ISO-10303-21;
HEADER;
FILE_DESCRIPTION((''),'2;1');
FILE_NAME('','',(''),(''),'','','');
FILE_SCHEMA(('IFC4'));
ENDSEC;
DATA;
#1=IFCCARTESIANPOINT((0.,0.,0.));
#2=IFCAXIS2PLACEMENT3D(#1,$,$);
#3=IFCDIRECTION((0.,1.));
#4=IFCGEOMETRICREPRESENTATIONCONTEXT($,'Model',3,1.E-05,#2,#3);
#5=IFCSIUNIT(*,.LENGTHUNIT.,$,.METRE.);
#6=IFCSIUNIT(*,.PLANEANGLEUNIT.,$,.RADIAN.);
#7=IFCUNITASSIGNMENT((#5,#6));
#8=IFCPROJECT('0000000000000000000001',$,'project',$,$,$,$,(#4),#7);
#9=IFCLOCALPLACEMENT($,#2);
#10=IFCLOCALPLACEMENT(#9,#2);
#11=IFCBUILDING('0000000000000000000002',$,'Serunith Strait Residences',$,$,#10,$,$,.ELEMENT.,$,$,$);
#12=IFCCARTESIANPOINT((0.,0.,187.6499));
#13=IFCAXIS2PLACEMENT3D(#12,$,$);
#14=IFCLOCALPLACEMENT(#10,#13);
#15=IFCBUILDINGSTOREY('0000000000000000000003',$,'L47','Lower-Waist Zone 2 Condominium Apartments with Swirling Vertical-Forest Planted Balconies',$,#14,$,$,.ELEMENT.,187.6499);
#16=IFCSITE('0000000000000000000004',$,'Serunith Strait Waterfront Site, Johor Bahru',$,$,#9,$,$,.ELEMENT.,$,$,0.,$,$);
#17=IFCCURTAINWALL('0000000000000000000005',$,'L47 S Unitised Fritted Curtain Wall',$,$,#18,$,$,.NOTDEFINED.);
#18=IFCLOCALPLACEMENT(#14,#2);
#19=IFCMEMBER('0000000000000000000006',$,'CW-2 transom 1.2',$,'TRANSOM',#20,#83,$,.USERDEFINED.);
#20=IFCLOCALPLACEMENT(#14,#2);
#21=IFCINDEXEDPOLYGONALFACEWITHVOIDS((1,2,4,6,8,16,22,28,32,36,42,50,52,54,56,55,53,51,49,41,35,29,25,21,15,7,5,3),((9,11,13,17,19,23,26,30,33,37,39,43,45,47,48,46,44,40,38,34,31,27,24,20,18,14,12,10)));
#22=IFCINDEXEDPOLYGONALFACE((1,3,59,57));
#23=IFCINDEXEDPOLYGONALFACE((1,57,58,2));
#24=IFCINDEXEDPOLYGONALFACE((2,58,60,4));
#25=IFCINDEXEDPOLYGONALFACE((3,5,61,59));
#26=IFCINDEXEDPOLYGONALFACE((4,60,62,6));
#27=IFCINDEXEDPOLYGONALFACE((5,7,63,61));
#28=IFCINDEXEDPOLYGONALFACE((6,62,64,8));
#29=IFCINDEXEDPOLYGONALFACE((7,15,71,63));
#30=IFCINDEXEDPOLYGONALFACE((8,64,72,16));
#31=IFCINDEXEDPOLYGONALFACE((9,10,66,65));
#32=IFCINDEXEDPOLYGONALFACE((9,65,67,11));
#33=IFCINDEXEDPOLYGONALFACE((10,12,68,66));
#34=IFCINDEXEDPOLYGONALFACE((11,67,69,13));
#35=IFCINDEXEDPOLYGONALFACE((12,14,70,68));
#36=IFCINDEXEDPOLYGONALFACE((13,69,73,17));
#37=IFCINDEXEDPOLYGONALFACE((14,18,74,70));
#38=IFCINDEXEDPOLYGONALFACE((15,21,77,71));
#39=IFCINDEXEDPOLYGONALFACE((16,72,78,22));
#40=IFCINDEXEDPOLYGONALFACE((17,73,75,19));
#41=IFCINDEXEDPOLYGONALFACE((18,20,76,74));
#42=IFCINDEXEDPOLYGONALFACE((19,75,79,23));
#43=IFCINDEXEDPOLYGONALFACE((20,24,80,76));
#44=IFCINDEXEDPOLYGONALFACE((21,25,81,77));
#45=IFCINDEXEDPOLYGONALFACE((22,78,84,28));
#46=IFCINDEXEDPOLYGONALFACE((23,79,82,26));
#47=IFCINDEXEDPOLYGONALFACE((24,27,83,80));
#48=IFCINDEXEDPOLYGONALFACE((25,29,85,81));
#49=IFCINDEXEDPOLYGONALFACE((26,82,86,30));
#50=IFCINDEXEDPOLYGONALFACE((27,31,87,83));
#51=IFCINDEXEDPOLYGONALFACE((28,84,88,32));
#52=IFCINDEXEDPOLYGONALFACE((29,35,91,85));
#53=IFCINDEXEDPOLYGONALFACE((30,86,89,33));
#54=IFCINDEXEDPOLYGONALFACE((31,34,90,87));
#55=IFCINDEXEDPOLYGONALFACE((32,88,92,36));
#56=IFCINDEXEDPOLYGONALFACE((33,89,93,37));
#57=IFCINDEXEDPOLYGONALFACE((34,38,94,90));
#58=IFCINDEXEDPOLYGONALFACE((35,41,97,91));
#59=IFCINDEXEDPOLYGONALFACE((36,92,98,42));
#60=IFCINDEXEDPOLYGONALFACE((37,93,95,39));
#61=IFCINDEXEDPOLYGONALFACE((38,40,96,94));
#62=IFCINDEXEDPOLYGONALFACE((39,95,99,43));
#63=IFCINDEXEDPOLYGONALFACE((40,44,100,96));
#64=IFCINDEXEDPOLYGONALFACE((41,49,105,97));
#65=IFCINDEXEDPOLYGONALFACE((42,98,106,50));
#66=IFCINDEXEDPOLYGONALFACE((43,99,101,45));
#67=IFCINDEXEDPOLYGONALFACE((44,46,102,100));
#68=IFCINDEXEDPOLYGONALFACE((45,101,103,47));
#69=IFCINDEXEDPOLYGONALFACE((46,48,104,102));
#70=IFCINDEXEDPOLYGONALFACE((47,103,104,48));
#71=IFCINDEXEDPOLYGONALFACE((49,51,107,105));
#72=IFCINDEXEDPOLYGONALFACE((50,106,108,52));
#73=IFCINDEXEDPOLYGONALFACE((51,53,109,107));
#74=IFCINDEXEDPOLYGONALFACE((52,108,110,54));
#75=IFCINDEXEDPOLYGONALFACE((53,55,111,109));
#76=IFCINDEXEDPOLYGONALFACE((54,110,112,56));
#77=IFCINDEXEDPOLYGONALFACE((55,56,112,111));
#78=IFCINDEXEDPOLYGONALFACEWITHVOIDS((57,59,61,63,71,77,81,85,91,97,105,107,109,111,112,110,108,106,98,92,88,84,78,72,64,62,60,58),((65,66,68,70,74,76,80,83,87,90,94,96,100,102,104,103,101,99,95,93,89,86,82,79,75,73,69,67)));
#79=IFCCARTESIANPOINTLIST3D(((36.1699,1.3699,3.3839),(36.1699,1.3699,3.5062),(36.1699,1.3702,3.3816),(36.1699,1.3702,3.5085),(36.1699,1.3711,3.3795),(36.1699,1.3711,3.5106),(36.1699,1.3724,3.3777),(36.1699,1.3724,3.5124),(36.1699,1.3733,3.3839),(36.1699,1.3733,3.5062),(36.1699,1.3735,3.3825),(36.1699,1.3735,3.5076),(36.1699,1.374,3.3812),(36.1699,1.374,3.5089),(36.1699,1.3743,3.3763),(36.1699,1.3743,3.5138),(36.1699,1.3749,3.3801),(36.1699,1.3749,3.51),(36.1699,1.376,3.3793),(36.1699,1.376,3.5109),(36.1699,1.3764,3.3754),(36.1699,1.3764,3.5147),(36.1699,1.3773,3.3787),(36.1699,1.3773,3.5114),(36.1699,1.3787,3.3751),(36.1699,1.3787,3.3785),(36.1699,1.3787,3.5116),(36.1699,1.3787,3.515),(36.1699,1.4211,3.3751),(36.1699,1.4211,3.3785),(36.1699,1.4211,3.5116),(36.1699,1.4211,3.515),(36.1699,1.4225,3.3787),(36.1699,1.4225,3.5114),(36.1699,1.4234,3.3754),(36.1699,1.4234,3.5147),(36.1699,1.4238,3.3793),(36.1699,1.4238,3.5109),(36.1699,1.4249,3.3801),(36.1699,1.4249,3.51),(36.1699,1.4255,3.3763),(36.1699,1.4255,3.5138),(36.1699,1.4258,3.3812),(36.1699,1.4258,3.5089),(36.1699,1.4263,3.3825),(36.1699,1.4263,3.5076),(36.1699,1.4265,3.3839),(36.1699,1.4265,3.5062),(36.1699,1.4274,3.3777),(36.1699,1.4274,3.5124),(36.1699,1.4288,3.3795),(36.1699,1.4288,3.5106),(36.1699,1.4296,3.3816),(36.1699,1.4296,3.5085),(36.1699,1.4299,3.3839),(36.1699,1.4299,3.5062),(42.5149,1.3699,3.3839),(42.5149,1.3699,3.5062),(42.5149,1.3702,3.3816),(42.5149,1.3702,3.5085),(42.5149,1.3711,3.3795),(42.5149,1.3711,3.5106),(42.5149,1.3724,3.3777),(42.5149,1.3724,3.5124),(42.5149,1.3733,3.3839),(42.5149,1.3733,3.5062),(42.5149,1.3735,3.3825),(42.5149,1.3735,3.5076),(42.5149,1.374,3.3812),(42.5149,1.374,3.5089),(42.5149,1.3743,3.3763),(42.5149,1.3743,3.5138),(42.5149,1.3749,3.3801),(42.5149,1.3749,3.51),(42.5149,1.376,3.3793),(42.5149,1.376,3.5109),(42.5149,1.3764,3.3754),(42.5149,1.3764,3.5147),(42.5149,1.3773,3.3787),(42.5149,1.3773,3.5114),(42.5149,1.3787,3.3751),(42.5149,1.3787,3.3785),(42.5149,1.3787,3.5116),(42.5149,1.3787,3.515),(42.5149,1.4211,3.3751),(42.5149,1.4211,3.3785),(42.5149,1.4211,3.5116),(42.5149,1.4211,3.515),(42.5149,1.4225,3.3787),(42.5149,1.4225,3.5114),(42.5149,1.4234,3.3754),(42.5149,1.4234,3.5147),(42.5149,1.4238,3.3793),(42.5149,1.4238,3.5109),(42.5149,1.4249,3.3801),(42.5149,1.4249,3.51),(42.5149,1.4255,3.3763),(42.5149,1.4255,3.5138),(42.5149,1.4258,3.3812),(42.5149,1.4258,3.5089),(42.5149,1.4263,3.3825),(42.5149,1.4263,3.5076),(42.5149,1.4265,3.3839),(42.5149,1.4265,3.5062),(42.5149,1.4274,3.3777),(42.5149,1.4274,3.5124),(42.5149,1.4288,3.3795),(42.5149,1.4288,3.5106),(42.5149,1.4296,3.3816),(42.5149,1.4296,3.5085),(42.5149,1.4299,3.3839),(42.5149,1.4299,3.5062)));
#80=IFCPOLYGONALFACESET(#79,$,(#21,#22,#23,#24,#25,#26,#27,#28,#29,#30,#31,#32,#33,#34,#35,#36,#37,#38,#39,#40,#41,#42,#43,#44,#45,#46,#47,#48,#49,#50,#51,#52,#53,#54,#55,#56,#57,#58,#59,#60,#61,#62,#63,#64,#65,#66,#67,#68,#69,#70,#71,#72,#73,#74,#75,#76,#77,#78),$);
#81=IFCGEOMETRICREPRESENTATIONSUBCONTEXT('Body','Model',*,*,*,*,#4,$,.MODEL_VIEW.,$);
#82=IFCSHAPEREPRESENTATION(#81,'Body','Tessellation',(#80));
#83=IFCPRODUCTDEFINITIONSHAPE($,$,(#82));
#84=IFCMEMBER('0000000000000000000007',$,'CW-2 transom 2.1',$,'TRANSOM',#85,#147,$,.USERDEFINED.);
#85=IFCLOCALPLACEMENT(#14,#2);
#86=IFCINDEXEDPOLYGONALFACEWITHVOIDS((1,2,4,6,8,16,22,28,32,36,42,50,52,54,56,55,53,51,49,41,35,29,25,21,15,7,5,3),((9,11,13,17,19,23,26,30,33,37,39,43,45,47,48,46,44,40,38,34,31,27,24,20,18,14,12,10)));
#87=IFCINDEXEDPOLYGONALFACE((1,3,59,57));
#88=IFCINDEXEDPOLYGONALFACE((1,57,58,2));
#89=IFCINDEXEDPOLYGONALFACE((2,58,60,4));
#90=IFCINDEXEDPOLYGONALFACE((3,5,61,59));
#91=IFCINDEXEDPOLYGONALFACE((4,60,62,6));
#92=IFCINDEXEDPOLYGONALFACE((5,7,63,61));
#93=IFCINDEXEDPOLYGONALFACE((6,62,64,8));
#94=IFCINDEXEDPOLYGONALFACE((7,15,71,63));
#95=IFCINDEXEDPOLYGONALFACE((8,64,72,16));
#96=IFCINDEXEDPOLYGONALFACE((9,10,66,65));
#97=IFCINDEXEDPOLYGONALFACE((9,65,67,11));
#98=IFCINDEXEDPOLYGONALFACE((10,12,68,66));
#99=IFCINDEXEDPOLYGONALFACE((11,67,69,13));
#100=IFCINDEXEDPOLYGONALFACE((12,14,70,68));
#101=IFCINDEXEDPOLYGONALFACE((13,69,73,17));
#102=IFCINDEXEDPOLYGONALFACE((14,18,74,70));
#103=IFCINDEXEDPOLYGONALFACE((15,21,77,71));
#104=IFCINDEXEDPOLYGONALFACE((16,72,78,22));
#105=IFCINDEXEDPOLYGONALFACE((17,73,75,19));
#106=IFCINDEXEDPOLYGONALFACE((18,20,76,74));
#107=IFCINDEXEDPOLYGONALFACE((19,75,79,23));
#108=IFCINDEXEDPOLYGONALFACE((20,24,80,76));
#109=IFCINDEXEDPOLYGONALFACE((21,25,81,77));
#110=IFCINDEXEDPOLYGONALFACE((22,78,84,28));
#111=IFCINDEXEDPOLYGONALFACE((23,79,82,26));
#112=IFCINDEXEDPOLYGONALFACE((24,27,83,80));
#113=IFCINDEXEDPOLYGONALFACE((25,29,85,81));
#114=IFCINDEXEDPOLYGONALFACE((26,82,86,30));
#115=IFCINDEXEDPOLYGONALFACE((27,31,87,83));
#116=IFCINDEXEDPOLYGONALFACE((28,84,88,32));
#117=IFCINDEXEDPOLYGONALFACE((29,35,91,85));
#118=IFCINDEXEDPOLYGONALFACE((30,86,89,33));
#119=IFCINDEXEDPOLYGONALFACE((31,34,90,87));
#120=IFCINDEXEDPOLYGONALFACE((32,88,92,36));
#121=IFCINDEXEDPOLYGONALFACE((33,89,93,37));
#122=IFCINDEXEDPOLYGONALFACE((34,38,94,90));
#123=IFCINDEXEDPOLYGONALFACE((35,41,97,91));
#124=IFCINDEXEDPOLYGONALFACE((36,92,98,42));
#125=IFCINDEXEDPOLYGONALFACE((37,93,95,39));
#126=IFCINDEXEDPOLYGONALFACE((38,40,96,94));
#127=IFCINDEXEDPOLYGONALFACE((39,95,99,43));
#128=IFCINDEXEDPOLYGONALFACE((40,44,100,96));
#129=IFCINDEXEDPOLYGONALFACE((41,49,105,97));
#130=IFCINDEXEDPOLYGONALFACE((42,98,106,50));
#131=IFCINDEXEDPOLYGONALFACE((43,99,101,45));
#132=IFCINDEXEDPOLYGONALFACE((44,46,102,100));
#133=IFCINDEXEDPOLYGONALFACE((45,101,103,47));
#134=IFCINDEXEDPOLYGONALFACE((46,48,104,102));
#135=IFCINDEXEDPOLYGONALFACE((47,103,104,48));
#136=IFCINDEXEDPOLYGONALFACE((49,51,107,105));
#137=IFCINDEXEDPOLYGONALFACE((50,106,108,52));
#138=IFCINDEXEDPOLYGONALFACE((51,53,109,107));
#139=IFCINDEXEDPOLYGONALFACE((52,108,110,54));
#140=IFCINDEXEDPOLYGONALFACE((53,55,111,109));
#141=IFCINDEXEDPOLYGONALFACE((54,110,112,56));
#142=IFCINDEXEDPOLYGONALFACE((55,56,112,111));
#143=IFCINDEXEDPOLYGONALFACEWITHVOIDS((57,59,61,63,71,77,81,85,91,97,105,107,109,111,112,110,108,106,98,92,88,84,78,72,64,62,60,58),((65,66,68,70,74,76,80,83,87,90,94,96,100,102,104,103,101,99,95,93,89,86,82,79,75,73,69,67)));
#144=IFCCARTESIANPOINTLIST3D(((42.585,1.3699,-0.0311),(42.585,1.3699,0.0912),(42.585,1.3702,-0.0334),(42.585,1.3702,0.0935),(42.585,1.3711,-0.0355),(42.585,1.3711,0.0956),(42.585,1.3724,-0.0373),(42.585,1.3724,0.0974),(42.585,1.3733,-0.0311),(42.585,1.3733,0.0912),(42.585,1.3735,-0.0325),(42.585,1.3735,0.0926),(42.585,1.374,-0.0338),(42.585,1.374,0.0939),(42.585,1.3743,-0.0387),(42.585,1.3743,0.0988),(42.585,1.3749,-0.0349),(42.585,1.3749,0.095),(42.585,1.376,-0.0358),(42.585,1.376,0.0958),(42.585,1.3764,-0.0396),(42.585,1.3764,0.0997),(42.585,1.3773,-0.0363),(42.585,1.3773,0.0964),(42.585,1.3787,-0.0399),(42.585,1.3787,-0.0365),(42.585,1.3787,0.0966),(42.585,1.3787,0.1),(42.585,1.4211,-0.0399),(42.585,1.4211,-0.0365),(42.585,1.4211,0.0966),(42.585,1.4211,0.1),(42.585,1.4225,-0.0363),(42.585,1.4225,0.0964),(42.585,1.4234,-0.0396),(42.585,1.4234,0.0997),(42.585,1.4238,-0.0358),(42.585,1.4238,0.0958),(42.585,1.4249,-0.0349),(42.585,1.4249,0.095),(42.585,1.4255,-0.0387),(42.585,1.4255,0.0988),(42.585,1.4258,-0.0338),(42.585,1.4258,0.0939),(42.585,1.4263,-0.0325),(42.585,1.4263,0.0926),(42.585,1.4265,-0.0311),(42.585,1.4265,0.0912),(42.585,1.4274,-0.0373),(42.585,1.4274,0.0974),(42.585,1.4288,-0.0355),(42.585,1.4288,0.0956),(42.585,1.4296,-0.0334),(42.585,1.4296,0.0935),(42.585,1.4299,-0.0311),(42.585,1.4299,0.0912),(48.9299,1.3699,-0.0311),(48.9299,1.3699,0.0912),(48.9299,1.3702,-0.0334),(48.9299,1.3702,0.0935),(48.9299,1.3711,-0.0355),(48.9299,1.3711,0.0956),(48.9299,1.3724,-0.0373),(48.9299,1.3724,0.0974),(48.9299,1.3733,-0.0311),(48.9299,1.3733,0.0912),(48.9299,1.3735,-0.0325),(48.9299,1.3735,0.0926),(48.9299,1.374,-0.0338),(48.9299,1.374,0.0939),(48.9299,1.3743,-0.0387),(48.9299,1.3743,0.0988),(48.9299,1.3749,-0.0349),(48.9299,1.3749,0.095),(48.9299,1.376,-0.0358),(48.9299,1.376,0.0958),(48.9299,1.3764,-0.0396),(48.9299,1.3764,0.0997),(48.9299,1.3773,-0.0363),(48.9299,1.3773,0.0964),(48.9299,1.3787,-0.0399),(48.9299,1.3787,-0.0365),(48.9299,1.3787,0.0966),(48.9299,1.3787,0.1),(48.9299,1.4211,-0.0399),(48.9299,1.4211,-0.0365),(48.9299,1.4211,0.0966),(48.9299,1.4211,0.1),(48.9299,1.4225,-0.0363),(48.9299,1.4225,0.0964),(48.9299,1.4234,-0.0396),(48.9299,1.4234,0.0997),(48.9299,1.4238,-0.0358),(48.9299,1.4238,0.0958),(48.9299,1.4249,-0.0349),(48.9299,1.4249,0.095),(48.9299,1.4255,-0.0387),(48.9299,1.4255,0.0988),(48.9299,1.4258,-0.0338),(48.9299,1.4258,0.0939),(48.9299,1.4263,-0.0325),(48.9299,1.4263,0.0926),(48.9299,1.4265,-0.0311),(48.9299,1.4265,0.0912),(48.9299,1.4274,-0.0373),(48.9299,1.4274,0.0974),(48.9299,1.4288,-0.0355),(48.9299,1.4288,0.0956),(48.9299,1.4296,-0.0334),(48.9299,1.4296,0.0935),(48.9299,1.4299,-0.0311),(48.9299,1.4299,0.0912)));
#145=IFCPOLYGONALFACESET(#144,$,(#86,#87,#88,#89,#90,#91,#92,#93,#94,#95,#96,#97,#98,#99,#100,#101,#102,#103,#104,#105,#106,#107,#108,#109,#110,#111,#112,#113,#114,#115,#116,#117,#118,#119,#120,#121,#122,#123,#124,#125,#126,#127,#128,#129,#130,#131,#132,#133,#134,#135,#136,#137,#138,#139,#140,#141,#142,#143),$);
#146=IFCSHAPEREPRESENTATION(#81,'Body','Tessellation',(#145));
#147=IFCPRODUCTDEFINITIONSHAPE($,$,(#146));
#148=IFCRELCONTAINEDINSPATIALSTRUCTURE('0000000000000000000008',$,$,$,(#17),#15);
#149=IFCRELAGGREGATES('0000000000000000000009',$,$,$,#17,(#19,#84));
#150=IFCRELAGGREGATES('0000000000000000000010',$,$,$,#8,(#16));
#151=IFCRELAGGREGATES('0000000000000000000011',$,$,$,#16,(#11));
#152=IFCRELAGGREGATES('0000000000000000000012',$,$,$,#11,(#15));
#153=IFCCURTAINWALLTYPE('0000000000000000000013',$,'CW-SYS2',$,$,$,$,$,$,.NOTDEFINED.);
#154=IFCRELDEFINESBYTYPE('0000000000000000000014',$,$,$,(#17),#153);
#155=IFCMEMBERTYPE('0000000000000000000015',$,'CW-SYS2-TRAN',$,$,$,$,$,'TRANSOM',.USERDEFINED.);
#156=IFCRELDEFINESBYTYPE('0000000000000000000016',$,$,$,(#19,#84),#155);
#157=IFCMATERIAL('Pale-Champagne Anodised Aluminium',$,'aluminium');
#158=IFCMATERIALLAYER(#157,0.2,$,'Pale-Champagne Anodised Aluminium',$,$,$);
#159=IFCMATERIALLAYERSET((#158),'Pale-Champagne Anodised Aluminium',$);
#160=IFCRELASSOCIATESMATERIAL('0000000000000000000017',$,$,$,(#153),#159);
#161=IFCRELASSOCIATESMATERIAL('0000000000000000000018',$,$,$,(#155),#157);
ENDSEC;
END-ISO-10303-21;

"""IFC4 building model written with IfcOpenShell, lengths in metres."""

from ifc_helpers import new_model, si_unit, direction, frame, origin, origin_2d, place, context, subcontext, project, spatial, hollow_rectangle, extrude, source, transform, mapped, material, layer, layer_set, material_profile, profile_set, type_object, element, aggregate, save


model = new_model("IFC4")

# Units and contexts
model_context = context("Model", 3, precision=1e-05, world=origin(), true_north=direction((0.0, 1.0)))
body_context = subcontext(model_context, "Body", "Model", "MODEL_VIEW")
ifc_project = project(units=[si_unit("LENGTHUNIT", "METRE"), si_unit("PLANEANGLEUNIT", "RADIAN")], contexts=[model_context])

# Site, building, storey
site_placement = place(None, origin())
site = spatial("IfcSite", under=ifc_project, at=site_placement, Name="Serunith Strait Waterfront Site, Johor Bahru", CompositionType="ELEMENT", RefElevation=0.0)
building_placement = place(site_placement, origin())
building = spatial("IfcBuilding", under=site, at=building_placement, Name="Serunith Strait Residences", CompositionType="ELEMENT")
storey_placement = place(building_placement, frame((0.0, 0.0, 187.6499)))
storey = spatial("IfcBuildingStorey", under=building, at=storey_placement, Name="L47", Description="Lower-Waist Zone 2 Condominium Apartments with Swirling Vertical-Forest Planted Balconies", CompositionType="ELEMENT", Elevation=187.6499)

# Shared definitions
ifc_material_1 = material(Name="Pale-Champagne Anodised Aluminium", Category="aluminium")
ifc_layer_1 = layer(ifc_material_1, 0.2, Name="Pale-Champagne Anodised Aluminium")
ifc_layer_set_1 = layer_set([ifc_layer_1], Name="Pale-Champagne Anodised Aluminium")
curtain_wall_type = type_object("IfcCurtainWallType", Name="CW-SYS2", PredefinedType="NOTDEFINED", material=ifc_layer_set_1)

# Curtain wall, members
curtain_wall_1_placement = place(storey_placement, origin())
curtain_wall_1 = element("IfcCurtainWall", 1, at=curtain_wall_1_placement, inside=storey, type_object=curtain_wall_type, Name="L47 S Unitised Fritted Curtain Wall", PredefinedType="NOTDEFINED")
ifc_material_profile_1 = material_profile(ifc_material_1, hollow_rectangle(XDim=0.0601, YDim=0.1399, WallThickness=0.0034, InnerFilletRadius=0.0054, OuterFilletRadius=0.0088, at=origin_2d()), Name="ALU 140x60x3.5")
ifc_profile_set_1 = profile_set([ifc_material_profile_1], Name="Pale-Champagne Anodised Aluminium")
member_type_1 = type_object("IfcMemberType", Name="CW-SYS2-TRAN", ElementType="TRANSOM", PredefinedType="USERDEFINED", material=ifc_profile_set_1)
shared_shape_1 = source(origin(), body_context, "Body", "SweptSolid", [
    extrude(hollow_rectangle(XDim=0.0601, YDim=0.1399, WallThickness=0.0034, InnerFilletRadius=0.0054, OuterFilletRadius=0.0088, at=origin_2d()), origin(), (0.0, 0.0, 1.0), 6.345),
])
member_1_placement = place(storey_placement, frame((36.1699, 1.3999, 3.4451), z_axis=(1.0, 0.0, 0.0), x_axis=(0.0, 1.0, 0.0)))
member_1 = element("IfcMember", 2, at=member_1_placement, type_object=member_type_1, Name="CW-2 transom 1.2", ObjectType="TRANSOM", PredefinedType="USERDEFINED", context=body_context, shape_type="MappedRepresentation", body=[
    mapped(shared_shape_1, transform((0.0, 0.0, 0.0), scale=1.0)),
])
member_2_placement = place(storey_placement, frame((42.585, 1.3999, 0.03), z_axis=(1.0, 0.0, 0.0), x_axis=(0.0, 1.0, 0.0)))
member_2 = element("IfcMember", 3, at=member_2_placement, type_object=member_type_1, Name="CW-2 transom 2.1", ObjectType="TRANSOM", PredefinedType="USERDEFINED", context=body_context, shape_type="MappedRepresentation", body=[
    mapped(shared_shape_1, transform((0.0, 0.0, 0.0), scale=1.0)),
])
aggregate(curtain_wall_1, [member_1, member_2])

save(model, "model.ifc")
